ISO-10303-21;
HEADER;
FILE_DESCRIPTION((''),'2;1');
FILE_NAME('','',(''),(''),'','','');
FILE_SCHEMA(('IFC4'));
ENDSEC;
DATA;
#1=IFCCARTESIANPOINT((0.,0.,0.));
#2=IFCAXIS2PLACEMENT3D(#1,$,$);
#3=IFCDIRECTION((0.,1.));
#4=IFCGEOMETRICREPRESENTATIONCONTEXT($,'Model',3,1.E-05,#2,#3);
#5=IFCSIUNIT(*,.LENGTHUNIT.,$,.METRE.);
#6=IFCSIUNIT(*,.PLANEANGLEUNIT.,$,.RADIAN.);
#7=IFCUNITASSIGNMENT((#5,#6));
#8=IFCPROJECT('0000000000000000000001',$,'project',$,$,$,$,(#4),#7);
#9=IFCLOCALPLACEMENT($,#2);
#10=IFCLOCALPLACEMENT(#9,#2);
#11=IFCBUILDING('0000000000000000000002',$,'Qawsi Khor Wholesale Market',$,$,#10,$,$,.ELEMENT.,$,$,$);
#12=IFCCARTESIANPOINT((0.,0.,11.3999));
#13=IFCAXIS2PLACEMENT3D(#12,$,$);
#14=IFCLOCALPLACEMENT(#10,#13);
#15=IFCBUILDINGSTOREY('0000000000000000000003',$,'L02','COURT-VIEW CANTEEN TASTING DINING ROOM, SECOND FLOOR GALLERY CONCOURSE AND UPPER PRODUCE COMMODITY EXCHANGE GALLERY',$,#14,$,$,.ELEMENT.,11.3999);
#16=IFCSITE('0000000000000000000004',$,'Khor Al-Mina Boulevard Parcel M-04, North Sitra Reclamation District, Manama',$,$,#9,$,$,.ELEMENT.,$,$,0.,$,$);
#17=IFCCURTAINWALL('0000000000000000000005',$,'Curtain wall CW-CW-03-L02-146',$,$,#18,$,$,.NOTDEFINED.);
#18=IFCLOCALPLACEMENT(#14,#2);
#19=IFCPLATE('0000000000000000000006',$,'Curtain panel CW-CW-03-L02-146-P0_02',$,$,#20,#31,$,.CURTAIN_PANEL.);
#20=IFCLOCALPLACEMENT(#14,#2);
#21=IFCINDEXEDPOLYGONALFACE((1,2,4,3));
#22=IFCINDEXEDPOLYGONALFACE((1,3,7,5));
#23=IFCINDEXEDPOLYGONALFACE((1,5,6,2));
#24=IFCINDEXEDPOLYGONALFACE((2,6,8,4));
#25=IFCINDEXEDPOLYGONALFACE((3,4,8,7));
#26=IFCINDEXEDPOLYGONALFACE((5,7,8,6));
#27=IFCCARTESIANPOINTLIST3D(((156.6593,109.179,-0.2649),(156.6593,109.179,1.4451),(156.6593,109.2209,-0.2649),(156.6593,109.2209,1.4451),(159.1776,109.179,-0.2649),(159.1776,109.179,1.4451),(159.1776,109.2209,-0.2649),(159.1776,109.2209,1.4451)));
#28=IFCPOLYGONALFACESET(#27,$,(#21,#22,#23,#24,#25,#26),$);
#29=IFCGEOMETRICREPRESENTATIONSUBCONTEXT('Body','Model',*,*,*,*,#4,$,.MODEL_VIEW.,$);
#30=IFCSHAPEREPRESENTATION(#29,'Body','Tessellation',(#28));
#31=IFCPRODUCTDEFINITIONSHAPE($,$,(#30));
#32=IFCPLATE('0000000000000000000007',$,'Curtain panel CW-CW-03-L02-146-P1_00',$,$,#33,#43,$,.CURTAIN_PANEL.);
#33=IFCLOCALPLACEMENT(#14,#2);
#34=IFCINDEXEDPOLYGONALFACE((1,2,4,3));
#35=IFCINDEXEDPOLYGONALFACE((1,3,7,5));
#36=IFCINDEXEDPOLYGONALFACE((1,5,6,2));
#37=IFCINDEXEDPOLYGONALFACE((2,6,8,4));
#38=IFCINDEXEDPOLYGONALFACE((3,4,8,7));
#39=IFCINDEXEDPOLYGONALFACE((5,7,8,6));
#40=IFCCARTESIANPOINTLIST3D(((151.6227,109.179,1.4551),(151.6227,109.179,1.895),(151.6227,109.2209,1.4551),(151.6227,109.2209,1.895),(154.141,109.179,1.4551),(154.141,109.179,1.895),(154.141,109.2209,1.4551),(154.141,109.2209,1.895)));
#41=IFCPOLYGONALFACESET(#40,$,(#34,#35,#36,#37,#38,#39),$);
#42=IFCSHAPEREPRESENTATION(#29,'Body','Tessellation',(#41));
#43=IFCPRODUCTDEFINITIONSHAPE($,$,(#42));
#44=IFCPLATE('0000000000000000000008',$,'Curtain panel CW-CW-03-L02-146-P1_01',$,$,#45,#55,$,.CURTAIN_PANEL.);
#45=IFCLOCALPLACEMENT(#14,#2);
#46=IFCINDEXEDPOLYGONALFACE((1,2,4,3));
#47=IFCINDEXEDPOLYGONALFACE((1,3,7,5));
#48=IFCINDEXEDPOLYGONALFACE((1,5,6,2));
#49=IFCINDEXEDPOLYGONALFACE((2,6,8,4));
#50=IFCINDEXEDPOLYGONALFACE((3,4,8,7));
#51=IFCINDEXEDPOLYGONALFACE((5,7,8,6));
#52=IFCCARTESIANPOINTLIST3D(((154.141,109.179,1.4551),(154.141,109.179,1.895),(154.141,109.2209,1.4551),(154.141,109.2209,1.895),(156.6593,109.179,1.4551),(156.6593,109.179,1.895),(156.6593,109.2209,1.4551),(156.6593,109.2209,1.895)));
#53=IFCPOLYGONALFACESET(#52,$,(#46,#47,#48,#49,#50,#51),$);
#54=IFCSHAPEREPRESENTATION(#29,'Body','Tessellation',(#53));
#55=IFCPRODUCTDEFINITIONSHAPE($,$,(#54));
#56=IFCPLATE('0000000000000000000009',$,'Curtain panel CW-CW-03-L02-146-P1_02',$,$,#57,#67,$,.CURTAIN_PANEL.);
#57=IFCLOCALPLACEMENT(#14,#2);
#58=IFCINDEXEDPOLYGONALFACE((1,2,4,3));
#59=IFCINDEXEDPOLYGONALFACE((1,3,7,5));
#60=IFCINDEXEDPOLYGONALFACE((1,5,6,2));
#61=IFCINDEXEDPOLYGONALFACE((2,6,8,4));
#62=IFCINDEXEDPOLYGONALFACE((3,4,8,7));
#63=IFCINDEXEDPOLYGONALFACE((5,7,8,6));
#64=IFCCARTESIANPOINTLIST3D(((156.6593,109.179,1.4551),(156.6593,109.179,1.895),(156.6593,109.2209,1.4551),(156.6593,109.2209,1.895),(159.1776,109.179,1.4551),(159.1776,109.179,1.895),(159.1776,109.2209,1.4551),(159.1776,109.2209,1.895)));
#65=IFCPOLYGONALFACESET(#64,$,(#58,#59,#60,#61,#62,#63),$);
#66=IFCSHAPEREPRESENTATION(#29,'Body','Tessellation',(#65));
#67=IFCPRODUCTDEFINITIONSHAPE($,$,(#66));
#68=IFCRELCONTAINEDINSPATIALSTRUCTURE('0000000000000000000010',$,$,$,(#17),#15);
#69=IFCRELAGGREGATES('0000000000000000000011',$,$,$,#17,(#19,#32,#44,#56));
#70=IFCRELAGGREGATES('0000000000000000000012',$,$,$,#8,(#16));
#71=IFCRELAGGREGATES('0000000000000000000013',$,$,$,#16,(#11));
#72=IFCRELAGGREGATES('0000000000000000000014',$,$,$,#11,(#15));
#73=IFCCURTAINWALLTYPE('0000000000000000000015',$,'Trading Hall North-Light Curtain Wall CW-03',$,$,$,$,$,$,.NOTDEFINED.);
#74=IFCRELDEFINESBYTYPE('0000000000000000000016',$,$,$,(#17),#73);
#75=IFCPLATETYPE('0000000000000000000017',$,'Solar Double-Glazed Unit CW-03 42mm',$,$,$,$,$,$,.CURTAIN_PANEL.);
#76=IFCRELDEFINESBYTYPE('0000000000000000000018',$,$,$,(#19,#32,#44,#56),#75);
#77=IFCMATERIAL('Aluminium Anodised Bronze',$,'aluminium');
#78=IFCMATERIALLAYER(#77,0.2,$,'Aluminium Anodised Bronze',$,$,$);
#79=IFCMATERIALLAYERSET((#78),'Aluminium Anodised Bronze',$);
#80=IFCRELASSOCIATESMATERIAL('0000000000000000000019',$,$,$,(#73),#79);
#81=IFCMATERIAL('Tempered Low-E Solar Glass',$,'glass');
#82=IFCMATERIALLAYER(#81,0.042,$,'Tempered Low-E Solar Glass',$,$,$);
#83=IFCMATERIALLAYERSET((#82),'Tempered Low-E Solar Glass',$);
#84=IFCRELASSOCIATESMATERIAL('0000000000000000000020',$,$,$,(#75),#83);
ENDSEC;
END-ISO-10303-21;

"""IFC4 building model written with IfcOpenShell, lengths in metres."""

from ifc_helpers import new_model, si_unit, direction, frame, frame_2d, origin, place, context, subcontext, project, spatial, rectangle, extrude, material, layer, layer_set, type_object, element, aggregate, save


model = new_model("IFC4")

# Units and contexts
model_context = context("Model", 3, precision=1e-05, world=origin(), true_north=direction((0.0, 1.0)))
body_context = subcontext(model_context, "Body", "Model", "MODEL_VIEW")
ifc_project = project(units=[si_unit("LENGTHUNIT", "METRE"), si_unit("PLANEANGLEUNIT", "RADIAN")], contexts=[model_context])

# Site, building, storey
site_placement = place(None, origin())
site = spatial("IfcSite", under=ifc_project, at=site_placement, Name="Khor Al-Mina Boulevard Parcel M-04, North Sitra Reclamation District, Manama", CompositionType="ELEMENT", RefElevation=0.0)
building_placement = place(site_placement, origin())
building = spatial("IfcBuilding", under=site, at=building_placement, Name="Qawsi Khor Wholesale Market", CompositionType="ELEMENT")
storey_placement = place(building_placement, frame((0.0, 0.0, 11.3999)))
storey = spatial("IfcBuildingStorey", under=building, at=storey_placement, Name="L02", Description="COURT-VIEW CANTEEN TASTING DINING ROOM, SECOND FLOOR GALLERY CONCOURSE AND UPPER PRODUCE COMMODITY EXCHANGE GALLERY", CompositionType="ELEMENT", Elevation=11.3999)

# Curtain wall
ifc_material_1 = material(Name="Aluminium Anodised Bronze", Category="aluminium")
ifc_layer_1 = layer(ifc_material_1, 0.2, Name="Aluminium Anodised Bronze")
ifc_layer_set_1 = layer_set([ifc_layer_1], Name="Aluminium Anodised Bronze")
curtain_wall_type = type_object("IfcCurtainWallType", Name="Trading Hall North-Light Curtain Wall CW-03", PredefinedType="NOTDEFINED", material=ifc_layer_set_1)
curtain_wall_placement = place(storey_placement, origin())
curtain_wall = element("IfcCurtainWall", 1, at=curtain_wall_placement, inside=storey, type_object=curtain_wall_type, Name="Curtain wall CW-CW-03-L02-146", PredefinedType="NOTDEFINED")

# Plates
ifc_material_2 = material(Name="Tempered Low-E Solar Glass", Category="glass")
ifc_layer_2 = layer(ifc_material_2, 0.042, Name="Tempered Low-E Solar Glass")
ifc_layer_set_2 = layer_set([ifc_layer_2], Name="Tempered Low-E Solar Glass")
plate_type = type_object("IfcPlateType", Name="Solar Double-Glazed Unit CW-03 42mm", PredefinedType="CURTAIN_PANEL", material=ifc_layer_set_2)
plate_1_placement = place(storey_placement, frame((156.6592, 109.2, -0.2649), z_axis=(0.0, 0.0, 1.0), x_axis=(1.0, 0.0, 0.0)))
plate_1 = element("IfcPlate", 2, at=plate_1_placement, type_object=plate_type, Name="Curtain panel CW-CW-03-L02-146-P0_02", PredefinedType="CURTAIN_PANEL", context=body_context, shape_type="SweptSolid", body=[
    extrude(rectangle(XDim=2.5183, YDim=0.042, at=frame_2d((1.2593, 0.0))), origin(), (0.0, 0.0, 1.0), 1.71),
])
plate_2_placement = place(storey_placement, frame((151.6226, 109.2, 1.4551), z_axis=(0.0, 0.0, 1.0), x_axis=(1.0, 0.0, 0.0)))
plate_2 = element("IfcPlate", 3, at=plate_2_placement, type_object=plate_type, Name="Curtain panel CW-CW-03-L02-146-P1_00", PredefinedType="CURTAIN_PANEL", context=body_context, shape_type="SweptSolid", body=[
    extrude(rectangle(XDim=2.5183, YDim=0.042, at=frame_2d((1.2593, 0.0))), origin(), (0.0, 0.0, 1.0), 0.4399),
])
plate_3_placement = place(storey_placement, frame((154.1409, 109.2, 1.4551), z_axis=(0.0, 0.0, 1.0), x_axis=(1.0, 0.0, 0.0)))
plate_3 = element("IfcPlate", 4, at=plate_3_placement, type_object=plate_type, Name="Curtain panel CW-CW-03-L02-146-P1_01", PredefinedType="CURTAIN_PANEL", context=body_context, shape_type="SweptSolid", body=[
    extrude(rectangle(XDim=2.5183, YDim=0.042, at=frame_2d((1.2593, 0.0))), origin(), (0.0, 0.0, 1.0), 0.4399),
])
plate_4_placement = place(storey_placement, frame((156.6592, 109.2, 1.4551), z_axis=(0.0, 0.0, 1.0), x_axis=(1.0, 0.0, 0.0)))
plate_4 = element("IfcPlate", 5, at=plate_4_placement, type_object=plate_type, Name="Curtain panel CW-CW-03-L02-146-P1_02", PredefinedType="CURTAIN_PANEL", context=body_context, shape_type="SweptSolid", body=[
    extrude(rectangle(XDim=2.5183, YDim=0.042, at=frame_2d((1.2593, 0.0))), origin(), (0.0, 0.0, 1.0), 0.4399),
])
aggregate(curtain_wall, [plate_1, plate_2, plate_3, plate_4])

save(model, "model.ifc")
